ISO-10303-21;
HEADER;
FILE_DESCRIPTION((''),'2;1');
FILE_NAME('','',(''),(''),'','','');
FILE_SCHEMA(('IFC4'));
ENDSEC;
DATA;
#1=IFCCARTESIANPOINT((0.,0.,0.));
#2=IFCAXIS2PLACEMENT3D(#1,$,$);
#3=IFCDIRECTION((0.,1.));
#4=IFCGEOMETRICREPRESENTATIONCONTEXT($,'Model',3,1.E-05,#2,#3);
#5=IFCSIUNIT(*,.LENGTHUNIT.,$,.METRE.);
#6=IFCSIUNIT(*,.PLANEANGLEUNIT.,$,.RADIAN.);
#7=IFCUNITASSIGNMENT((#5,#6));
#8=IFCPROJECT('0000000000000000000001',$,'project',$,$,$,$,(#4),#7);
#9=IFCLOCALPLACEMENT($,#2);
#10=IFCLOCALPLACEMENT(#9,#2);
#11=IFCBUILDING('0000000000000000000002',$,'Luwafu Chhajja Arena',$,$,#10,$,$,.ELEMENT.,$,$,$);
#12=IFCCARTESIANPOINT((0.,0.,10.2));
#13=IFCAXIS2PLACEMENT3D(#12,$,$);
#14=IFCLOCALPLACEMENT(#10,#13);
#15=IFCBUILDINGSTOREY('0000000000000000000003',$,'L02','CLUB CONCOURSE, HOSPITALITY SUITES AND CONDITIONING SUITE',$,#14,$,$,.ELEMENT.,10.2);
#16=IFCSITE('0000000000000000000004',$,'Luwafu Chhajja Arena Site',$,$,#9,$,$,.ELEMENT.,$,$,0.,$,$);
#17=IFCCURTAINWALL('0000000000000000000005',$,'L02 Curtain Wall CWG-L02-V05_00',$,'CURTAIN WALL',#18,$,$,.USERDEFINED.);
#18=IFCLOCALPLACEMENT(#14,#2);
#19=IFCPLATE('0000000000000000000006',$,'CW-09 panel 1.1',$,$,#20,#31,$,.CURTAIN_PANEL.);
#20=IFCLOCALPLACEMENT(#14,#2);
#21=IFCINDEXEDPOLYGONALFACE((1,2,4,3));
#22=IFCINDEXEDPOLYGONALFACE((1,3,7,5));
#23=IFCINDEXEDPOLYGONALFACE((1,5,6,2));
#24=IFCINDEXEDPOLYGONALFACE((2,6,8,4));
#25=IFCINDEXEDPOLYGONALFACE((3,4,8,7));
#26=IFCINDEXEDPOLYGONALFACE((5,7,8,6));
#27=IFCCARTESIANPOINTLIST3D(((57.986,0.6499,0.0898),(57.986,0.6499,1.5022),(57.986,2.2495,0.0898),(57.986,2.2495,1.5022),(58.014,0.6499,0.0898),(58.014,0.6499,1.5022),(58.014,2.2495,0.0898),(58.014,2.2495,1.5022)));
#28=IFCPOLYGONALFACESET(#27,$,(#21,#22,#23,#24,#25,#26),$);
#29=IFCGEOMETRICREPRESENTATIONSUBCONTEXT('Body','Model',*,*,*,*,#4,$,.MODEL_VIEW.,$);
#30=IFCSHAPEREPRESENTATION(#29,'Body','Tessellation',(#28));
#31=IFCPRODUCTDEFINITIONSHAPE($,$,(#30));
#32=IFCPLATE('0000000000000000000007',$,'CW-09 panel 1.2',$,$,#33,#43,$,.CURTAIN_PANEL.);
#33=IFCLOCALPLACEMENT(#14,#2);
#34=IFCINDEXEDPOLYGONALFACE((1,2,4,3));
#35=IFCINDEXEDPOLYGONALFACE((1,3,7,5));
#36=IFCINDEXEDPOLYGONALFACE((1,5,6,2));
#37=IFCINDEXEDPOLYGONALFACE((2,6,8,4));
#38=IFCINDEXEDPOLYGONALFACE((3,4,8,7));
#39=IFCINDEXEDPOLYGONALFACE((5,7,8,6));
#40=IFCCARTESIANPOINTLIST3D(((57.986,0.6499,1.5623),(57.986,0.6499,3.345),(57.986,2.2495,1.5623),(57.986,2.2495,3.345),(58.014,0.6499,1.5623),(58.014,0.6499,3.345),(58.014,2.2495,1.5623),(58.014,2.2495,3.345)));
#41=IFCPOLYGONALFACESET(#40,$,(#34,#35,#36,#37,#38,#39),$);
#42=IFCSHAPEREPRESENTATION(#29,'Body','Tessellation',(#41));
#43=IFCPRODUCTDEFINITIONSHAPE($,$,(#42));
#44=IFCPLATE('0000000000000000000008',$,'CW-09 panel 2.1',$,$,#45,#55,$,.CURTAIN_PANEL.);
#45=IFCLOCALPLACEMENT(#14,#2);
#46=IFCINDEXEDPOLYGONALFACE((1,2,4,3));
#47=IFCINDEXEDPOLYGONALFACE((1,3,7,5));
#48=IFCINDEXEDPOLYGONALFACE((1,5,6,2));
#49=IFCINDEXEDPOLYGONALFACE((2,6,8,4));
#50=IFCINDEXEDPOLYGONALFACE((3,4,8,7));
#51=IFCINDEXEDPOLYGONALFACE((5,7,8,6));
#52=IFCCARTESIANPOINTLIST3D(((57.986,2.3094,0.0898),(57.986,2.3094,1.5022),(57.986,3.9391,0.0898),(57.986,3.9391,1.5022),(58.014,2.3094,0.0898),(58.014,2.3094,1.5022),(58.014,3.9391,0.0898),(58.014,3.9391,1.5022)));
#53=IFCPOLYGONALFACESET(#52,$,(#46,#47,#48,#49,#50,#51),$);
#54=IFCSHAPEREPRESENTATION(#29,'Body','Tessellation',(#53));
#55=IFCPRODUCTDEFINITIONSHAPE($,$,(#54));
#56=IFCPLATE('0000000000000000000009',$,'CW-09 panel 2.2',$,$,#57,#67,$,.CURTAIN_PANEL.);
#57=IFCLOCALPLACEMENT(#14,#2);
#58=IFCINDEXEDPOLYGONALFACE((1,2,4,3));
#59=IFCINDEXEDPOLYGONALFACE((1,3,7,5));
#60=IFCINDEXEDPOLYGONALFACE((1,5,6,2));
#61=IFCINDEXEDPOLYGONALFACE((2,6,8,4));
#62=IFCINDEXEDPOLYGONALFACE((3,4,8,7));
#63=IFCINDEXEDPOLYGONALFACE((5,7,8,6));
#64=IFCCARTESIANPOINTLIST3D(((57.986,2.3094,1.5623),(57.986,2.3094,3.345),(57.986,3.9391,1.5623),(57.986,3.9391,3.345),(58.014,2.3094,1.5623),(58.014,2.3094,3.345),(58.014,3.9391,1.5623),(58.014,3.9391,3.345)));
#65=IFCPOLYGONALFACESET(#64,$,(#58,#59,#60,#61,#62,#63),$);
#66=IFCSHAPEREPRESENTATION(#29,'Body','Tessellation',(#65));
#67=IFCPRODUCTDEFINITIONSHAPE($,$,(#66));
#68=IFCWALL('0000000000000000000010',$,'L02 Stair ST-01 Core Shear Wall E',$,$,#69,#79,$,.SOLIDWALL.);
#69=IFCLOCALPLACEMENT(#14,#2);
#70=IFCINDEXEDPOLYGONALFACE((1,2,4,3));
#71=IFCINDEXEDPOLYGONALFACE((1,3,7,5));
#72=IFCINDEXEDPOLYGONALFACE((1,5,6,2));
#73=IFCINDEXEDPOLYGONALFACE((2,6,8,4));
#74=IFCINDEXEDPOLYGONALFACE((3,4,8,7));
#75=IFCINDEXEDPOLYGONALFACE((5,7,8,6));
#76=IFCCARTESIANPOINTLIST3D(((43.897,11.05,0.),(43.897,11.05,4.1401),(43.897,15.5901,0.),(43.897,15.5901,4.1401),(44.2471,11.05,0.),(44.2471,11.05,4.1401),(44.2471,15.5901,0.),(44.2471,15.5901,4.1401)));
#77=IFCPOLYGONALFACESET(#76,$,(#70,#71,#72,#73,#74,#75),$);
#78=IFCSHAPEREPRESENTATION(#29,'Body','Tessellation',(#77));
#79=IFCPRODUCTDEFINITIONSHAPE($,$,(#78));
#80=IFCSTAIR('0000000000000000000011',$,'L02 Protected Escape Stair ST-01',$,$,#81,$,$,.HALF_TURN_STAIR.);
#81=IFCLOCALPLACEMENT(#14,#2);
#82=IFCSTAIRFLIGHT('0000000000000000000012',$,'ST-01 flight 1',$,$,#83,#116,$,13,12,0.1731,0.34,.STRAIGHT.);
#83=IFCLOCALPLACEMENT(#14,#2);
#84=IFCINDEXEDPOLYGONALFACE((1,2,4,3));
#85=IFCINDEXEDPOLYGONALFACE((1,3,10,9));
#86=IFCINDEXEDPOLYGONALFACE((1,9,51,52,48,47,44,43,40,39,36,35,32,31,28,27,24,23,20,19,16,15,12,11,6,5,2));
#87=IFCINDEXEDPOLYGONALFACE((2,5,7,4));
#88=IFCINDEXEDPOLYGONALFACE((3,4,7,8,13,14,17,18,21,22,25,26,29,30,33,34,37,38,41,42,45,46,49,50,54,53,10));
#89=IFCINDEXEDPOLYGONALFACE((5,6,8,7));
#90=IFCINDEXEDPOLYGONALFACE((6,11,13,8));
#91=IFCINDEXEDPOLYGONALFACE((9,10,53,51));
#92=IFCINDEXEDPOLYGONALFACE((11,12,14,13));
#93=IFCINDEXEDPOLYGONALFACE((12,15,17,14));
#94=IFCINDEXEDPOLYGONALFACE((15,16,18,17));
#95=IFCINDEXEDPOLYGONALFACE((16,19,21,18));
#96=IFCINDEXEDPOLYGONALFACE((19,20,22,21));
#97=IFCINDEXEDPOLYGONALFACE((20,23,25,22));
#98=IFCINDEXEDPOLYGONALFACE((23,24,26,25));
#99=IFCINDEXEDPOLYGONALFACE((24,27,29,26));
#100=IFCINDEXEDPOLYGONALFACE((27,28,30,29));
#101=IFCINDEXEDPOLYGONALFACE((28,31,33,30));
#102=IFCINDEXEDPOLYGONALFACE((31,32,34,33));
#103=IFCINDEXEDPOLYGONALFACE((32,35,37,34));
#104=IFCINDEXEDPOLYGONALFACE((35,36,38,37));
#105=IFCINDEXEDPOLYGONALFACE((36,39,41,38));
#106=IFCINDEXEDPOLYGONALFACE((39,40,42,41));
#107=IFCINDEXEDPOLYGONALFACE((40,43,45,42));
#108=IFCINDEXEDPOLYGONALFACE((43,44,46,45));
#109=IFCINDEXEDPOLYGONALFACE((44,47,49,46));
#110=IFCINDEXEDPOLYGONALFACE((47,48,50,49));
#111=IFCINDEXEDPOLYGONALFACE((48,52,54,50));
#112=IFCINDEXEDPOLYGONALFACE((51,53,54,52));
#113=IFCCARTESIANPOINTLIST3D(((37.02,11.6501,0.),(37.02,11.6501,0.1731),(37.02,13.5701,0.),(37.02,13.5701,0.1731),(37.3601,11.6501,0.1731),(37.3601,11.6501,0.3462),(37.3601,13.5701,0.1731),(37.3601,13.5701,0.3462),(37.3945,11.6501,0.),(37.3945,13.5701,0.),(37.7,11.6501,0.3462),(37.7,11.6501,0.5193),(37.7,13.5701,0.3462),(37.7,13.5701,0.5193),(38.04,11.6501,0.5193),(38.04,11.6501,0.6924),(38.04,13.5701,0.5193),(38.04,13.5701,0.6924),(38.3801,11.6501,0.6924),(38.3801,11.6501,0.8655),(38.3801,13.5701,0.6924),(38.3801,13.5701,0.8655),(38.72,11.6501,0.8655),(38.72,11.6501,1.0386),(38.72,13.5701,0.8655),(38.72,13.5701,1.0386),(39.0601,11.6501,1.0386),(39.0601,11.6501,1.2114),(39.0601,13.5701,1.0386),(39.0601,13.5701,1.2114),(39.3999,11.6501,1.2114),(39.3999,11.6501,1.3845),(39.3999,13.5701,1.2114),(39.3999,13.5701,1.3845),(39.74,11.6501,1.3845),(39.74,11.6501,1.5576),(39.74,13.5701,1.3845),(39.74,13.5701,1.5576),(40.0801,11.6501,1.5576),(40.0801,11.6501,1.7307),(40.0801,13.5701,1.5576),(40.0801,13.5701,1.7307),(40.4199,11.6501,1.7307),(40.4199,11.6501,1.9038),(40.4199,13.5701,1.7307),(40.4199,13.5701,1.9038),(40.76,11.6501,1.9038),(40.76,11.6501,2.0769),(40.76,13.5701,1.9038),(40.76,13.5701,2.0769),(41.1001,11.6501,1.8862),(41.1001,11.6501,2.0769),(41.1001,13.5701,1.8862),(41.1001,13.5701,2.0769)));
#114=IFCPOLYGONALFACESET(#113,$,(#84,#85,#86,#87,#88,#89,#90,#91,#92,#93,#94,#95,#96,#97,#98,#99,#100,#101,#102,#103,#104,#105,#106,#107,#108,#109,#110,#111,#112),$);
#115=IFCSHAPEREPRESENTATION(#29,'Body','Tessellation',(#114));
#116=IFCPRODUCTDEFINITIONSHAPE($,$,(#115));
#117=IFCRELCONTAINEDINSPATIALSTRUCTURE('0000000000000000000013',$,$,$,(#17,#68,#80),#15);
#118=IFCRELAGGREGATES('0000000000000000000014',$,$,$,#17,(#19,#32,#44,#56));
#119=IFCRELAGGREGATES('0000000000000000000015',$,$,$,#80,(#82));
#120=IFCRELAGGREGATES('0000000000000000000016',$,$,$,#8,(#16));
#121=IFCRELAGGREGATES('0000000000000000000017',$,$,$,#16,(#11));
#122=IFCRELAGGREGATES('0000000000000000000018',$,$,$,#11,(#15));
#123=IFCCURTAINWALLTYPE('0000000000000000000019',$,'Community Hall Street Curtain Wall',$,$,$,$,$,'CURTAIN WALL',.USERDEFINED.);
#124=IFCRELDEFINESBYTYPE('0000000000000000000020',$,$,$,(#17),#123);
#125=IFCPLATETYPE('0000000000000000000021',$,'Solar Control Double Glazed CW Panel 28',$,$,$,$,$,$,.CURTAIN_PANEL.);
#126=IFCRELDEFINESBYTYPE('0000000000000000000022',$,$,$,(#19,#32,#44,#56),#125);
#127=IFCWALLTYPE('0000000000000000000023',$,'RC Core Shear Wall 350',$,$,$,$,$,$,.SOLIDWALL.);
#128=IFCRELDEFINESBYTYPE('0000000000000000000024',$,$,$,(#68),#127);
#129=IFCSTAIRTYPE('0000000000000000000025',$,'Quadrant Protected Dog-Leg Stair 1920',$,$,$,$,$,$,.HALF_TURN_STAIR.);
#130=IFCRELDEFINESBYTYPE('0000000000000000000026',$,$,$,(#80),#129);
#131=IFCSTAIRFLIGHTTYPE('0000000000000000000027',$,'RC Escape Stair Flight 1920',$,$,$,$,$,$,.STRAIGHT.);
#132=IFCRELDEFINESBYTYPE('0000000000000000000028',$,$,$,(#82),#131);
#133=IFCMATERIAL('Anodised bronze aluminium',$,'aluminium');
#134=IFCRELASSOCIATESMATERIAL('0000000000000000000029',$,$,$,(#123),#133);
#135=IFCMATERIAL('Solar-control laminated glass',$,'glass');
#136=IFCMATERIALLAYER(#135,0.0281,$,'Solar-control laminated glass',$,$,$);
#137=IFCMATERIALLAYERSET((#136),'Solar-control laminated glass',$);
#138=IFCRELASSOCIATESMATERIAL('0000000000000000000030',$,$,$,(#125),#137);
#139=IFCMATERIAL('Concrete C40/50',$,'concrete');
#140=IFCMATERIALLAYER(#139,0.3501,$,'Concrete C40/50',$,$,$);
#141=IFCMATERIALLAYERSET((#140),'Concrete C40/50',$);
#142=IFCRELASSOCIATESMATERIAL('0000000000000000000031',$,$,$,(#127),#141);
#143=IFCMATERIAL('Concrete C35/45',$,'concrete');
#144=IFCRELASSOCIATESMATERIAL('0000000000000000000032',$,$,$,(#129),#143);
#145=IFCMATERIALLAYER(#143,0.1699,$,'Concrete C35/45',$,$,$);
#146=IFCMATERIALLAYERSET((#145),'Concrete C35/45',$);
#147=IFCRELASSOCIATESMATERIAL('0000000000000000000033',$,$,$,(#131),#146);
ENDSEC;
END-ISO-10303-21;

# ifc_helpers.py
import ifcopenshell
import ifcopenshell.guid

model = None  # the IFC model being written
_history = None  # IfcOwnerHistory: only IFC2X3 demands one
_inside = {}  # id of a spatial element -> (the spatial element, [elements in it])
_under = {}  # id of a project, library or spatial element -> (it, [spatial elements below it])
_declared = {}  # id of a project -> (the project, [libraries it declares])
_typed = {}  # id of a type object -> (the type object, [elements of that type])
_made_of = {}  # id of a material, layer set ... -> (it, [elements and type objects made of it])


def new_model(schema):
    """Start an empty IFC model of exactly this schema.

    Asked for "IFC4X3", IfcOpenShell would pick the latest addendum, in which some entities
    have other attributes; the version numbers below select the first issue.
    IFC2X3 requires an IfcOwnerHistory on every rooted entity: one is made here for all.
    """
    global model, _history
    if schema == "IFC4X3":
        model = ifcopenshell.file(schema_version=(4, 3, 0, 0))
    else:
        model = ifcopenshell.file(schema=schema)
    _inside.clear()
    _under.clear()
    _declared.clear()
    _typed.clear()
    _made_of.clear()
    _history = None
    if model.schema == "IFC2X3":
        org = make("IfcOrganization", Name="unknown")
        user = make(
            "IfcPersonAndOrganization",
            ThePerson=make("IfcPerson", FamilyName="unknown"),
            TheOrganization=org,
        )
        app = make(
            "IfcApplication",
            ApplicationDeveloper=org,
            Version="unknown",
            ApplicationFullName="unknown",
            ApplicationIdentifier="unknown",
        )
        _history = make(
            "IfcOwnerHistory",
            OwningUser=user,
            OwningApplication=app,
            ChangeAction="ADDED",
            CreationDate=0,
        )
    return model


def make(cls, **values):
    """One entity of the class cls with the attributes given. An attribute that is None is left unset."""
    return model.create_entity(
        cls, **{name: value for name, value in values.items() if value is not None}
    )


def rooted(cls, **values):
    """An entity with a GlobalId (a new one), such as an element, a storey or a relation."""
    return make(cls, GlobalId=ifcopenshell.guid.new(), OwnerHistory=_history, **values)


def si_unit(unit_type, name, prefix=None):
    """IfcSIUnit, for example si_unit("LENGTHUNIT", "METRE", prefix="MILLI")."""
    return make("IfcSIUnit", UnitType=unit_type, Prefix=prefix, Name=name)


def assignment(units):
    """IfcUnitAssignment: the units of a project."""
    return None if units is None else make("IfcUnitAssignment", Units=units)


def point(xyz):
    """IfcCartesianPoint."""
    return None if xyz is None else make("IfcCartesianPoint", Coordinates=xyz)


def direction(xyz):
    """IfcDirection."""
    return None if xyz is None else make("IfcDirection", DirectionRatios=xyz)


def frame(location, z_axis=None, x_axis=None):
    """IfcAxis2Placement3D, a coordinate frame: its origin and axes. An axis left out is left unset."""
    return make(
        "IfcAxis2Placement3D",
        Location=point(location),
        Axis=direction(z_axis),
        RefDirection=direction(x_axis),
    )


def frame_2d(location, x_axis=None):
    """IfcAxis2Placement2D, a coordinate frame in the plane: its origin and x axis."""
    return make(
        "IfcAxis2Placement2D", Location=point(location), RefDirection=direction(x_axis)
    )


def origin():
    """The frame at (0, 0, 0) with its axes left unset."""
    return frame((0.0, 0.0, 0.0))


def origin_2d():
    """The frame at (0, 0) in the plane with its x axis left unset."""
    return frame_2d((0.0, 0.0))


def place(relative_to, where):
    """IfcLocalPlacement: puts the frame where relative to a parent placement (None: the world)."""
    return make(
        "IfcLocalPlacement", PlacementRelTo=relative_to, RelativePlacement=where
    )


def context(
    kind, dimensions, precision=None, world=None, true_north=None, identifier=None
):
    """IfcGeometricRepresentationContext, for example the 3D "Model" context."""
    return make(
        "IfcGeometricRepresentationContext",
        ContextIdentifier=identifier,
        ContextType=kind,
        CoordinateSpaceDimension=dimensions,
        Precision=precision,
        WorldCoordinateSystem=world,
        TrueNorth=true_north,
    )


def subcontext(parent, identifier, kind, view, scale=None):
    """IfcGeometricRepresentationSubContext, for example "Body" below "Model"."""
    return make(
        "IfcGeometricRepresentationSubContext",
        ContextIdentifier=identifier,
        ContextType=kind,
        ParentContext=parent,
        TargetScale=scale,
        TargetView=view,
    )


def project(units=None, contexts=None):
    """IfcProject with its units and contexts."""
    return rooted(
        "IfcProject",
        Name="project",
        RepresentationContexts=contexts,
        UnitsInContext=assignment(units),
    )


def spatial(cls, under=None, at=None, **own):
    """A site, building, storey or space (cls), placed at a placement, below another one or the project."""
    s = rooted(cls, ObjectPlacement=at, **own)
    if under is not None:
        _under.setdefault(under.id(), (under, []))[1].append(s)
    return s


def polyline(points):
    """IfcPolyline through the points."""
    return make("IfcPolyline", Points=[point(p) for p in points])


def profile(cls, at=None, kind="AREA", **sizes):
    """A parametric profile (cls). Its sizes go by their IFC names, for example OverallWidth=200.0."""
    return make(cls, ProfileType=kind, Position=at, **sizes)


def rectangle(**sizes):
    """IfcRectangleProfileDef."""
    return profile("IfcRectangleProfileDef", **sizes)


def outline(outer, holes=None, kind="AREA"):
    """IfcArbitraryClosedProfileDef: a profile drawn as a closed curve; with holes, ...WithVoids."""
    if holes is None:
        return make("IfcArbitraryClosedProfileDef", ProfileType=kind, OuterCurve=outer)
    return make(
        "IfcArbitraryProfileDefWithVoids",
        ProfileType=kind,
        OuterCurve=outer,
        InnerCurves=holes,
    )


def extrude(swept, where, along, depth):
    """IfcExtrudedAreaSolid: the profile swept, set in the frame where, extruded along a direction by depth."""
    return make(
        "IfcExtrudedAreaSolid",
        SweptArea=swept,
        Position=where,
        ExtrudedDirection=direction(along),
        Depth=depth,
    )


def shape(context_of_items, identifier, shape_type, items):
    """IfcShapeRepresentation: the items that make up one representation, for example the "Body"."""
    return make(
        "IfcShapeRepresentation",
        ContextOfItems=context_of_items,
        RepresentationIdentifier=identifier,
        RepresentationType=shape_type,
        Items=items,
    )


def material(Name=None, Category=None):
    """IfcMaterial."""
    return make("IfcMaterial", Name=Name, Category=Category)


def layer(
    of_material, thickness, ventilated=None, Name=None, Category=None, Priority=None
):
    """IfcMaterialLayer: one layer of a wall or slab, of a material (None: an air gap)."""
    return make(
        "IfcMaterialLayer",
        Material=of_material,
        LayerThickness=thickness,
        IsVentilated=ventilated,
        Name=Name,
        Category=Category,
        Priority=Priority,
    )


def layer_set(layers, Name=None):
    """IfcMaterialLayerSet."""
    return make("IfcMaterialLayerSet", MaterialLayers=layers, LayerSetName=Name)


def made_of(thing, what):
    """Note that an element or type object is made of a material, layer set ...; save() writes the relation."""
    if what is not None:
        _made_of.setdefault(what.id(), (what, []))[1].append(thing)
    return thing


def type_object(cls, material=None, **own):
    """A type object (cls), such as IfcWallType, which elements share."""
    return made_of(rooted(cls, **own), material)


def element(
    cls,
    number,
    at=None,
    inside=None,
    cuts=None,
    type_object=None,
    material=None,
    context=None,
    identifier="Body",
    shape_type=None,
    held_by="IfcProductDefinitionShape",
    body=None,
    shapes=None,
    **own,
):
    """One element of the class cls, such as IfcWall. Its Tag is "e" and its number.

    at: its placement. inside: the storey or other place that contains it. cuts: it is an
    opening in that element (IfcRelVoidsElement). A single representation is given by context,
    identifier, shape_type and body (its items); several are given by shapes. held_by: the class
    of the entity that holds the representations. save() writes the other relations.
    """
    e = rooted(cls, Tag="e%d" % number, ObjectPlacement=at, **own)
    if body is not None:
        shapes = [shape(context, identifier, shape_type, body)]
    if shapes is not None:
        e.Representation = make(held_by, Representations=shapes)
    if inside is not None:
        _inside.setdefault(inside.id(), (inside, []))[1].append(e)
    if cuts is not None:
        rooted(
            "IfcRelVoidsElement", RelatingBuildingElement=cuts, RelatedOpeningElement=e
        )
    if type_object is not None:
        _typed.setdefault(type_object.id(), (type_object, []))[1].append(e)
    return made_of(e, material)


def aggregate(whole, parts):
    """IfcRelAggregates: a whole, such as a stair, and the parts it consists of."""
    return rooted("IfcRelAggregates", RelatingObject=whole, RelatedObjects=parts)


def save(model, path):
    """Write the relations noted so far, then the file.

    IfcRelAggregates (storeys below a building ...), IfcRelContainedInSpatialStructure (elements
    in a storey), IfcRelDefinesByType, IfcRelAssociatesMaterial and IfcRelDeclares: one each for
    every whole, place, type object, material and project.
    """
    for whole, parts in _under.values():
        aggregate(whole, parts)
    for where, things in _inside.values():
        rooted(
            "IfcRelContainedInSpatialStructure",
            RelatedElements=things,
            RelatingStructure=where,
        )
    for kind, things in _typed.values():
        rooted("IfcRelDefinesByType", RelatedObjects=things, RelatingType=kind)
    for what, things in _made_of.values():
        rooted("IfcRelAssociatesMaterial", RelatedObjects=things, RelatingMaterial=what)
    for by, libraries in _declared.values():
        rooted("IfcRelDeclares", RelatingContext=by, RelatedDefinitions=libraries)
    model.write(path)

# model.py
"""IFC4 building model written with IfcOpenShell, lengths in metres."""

from ifc_helpers import new_model, si_unit, direction, frame, frame_2d, origin, origin_2d, place, context, subcontext, project, spatial, polyline, rectangle, outline, extrude, material, layer, layer_set, type_object, element, aggregate, save


model = new_model("IFC4")

# Units and contexts
model_context = context("Model", 3, precision=1e-05, world=origin(), true_north=direction((0.0, 1.0)))
body_context = subcontext(model_context, "Body", "Model", "MODEL_VIEW")
ifc_project = project(units=[si_unit("LENGTHUNIT", "METRE"), si_unit("PLANEANGLEUNIT", "RADIAN")], contexts=[model_context])

# Site, building, storey
site_placement = place(None, origin())
site = spatial("IfcSite", under=ifc_project, at=site_placement, Name="Luwafu Chhajja Arena Site", CompositionType="ELEMENT", RefElevation=0.0)
building_placement = place(site_placement, origin())
building = spatial("IfcBuilding", under=site, at=building_placement, Name="Luwafu Chhajja Arena", CompositionType="ELEMENT")
storey_placement = place(building_placement, frame((0.0, 0.0, 10.2)))
storey = spatial("IfcBuildingStorey", under=building, at=storey_placement, Name="L02", Description="CLUB CONCOURSE, HOSPITALITY SUITES AND CONDITIONING SUITE", CompositionType="ELEMENT", Elevation=10.2)

# Shared definitions
ifc_material_1 = material(Name="Concrete C35/45", Category="concrete")

# Curtain wall
ifc_material_2 = material(Name="Anodised bronze aluminium", Category="aluminium")
curtain_wall_type = type_object("IfcCurtainWallType", Name="Community Hall Street Curtain Wall", ElementType="CURTAIN WALL", PredefinedType="USERDEFINED", material=ifc_material_2)
curtain_wall_placement = place(storey_placement, origin())
curtain_wall = element("IfcCurtainWall", 1, at=curtain_wall_placement, inside=storey, type_object=curtain_wall_type, Name="L02 Curtain Wall CWG-L02-V05_00", ObjectType="CURTAIN WALL", PredefinedType="USERDEFINED")

# Plates
ifc_material_3 = material(Name="Solar-control laminated glass", Category="glass")
ifc_layer_1 = layer(ifc_material_3, 0.0281, Name="Solar-control laminated glass")
ifc_layer_set_1 = layer_set([ifc_layer_1], Name="Solar-control laminated glass")
plate_type = type_object("IfcPlateType", Name="Solar Control Double Glazed CW Panel 28", PredefinedType="CURTAIN_PANEL", material=ifc_layer_set_1)
plate_1_placement = place(storey_placement, frame((58.0, 1.4497, 0.0898), z_axis=(0.0, 0.0, 1.0), x_axis=(0.0, 1.0, 0.0)))
plate_1 = element("IfcPlate", 2, at=plate_1_placement, type_object=plate_type, Name="CW-09 panel 1.1", PredefinedType="CURTAIN_PANEL", context=body_context, shape_type="SweptSolid", body=[
    extrude(rectangle(XDim=1.5996, YDim=0.0281, at=origin_2d()), origin(), (0.0, 0.0, 1.0), 1.4124),
])
plate_2_placement = place(storey_placement, frame((58.0, 1.4497, 1.5623), z_axis=(0.0, 0.0, 1.0), x_axis=(0.0, 1.0, 0.0)))
plate_2 = element("IfcPlate", 3, at=plate_2_placement, type_object=plate_type, Name="CW-09 panel 1.2", PredefinedType="CURTAIN_PANEL", context=body_context, shape_type="SweptSolid", body=[
    extrude(rectangle(XDim=1.5996, YDim=0.0281, at=origin_2d()), origin(), (0.0, 0.0, 1.0), 1.7827),
])
plate_3_placement = place(storey_placement, frame((58.0, 3.1243, 0.0898), z_axis=(0.0, 0.0, 1.0), x_axis=(0.0, 1.0, 0.0)))
plate_3 = element("IfcPlate", 4, at=plate_3_placement, type_object=plate_type, Name="CW-09 panel 2.1", PredefinedType="CURTAIN_PANEL", context=body_context, shape_type="SweptSolid", body=[
    extrude(rectangle(XDim=1.6296, YDim=0.0281, at=origin_2d()), origin(), (0.0, 0.0, 1.0), 1.4124),
])
plate_4_placement = place(storey_placement, frame((58.0, 3.1243, 1.5623), z_axis=(0.0, 0.0, 1.0), x_axis=(0.0, 1.0, 0.0)))
plate_4 = element("IfcPlate", 5, at=plate_4_placement, type_object=plate_type, Name="CW-09 panel 2.2", PredefinedType="CURTAIN_PANEL", context=body_context, shape_type="SweptSolid", body=[
    extrude(rectangle(XDim=1.6296, YDim=0.0281, at=origin_2d()), origin(), (0.0, 0.0, 1.0), 1.7827),
])
aggregate(curtain_wall, [plate_1, plate_2, plate_3, plate_4])

# Wall
ifc_material_4 = material(Name="Concrete C40/50", Category="concrete")
ifc_layer_2 = layer(ifc_material_4, 0.3501, Name="Concrete C40/50")
ifc_layer_set_2 = layer_set([ifc_layer_2], Name="Concrete C40/50")
wall_type = type_object("IfcWallType", Name="RC Core Shear Wall 350", PredefinedType="SOLIDWALL", material=ifc_layer_set_2)
wall_placement = place(storey_placement, frame((44.072, 11.05, 0.0), z_axis=(0.0, 0.0, 1.0), x_axis=(0.0, 1.0, 0.0)))
element("IfcWall", 6, at=wall_placement, inside=storey, type_object=wall_type, Name="L02 Stair ST-01 Core Shear Wall E", PredefinedType="SOLIDWALL", context=body_context, shape_type="SweptSolid", body=[
    extrude(rectangle(XDim=4.54, YDim=0.3501, at=frame_2d((2.27, 0.0))), origin(), (0.0, 0.0, 1.0), 4.1401),
])

# Stair, stair flight
stair_type = type_object("IfcStairType", Name="Quadrant Protected Dog-Leg Stair 1920", PredefinedType="HALF_TURN_STAIR", material=ifc_material_1)
stair_placement = place(storey_placement, origin())
stair = element("IfcStair", 7, at=stair_placement, inside=storey, type_object=stair_type, Name="L02 Protected Escape Stair ST-01", PredefinedType="HALF_TURN_STAIR")
ifc_layer_3 = layer(ifc_material_1, 0.1699, Name="Concrete C35/45")
ifc_layer_set_3 = layer_set([ifc_layer_3], Name="Concrete C35/45")
stair_flight_type = type_object("IfcStairFlightType", Name="RC Escape Stair Flight 1920", PredefinedType="STRAIGHT", material=ifc_layer_set_3)
stair_flight_placement = place(storey_placement, frame((37.02, 12.6101, 0.0), z_axis=(0.0, 0.0, 1.0), x_axis=(1.0, 0.0, 0.0)))
stair_flight = element("IfcStairFlight", 8, at=stair_flight_placement, type_object=stair_flight_type, Name="ST-01 flight 1", NumberOfRisers=13, NumberOfTreads=12, PredefinedType="STRAIGHT", RiserHeight=0.1731, TreadLength=0.34, context=body_context, shape_type="SweptSolid", body=[
    extrude(outline(polyline([(0.0, 0.0), (0.0, 0.1731), (0.3401, 0.1731), (0.3401, 0.3462), (0.6799, 0.3462), (0.6799, 0.5193), (1.02, 0.5193), (1.02, 0.6924), (1.3601, 0.6924), (1.3601, 0.8655), (1.7, 0.8655), (1.7, 1.0386), (2.04, 1.0386), (2.04, 1.2114), (2.3799, 1.2114), (2.3799, 1.3845), (2.72, 1.3845), (2.72, 1.5576), (3.0601, 1.5576), (3.0601, 1.7307), (3.3999, 1.7307), (3.3999, 1.9038), (3.74, 1.9038), (3.74, 2.0769), (4.0801, 2.0769), (4.0801, 2.25), (4.0801, 1.8862), (0.3745, 0.0), (0.0, 0.0)])), frame((0.0, 0.96, 0.0), z_axis=(0.0, -1.0, 0.0), x_axis=(1.0, 0.0, 0.0)), (0.0, 0.0, 1.0), 1.9199),
])
aggregate(stair, [stair_flight])

save(model, "model.ifc")
